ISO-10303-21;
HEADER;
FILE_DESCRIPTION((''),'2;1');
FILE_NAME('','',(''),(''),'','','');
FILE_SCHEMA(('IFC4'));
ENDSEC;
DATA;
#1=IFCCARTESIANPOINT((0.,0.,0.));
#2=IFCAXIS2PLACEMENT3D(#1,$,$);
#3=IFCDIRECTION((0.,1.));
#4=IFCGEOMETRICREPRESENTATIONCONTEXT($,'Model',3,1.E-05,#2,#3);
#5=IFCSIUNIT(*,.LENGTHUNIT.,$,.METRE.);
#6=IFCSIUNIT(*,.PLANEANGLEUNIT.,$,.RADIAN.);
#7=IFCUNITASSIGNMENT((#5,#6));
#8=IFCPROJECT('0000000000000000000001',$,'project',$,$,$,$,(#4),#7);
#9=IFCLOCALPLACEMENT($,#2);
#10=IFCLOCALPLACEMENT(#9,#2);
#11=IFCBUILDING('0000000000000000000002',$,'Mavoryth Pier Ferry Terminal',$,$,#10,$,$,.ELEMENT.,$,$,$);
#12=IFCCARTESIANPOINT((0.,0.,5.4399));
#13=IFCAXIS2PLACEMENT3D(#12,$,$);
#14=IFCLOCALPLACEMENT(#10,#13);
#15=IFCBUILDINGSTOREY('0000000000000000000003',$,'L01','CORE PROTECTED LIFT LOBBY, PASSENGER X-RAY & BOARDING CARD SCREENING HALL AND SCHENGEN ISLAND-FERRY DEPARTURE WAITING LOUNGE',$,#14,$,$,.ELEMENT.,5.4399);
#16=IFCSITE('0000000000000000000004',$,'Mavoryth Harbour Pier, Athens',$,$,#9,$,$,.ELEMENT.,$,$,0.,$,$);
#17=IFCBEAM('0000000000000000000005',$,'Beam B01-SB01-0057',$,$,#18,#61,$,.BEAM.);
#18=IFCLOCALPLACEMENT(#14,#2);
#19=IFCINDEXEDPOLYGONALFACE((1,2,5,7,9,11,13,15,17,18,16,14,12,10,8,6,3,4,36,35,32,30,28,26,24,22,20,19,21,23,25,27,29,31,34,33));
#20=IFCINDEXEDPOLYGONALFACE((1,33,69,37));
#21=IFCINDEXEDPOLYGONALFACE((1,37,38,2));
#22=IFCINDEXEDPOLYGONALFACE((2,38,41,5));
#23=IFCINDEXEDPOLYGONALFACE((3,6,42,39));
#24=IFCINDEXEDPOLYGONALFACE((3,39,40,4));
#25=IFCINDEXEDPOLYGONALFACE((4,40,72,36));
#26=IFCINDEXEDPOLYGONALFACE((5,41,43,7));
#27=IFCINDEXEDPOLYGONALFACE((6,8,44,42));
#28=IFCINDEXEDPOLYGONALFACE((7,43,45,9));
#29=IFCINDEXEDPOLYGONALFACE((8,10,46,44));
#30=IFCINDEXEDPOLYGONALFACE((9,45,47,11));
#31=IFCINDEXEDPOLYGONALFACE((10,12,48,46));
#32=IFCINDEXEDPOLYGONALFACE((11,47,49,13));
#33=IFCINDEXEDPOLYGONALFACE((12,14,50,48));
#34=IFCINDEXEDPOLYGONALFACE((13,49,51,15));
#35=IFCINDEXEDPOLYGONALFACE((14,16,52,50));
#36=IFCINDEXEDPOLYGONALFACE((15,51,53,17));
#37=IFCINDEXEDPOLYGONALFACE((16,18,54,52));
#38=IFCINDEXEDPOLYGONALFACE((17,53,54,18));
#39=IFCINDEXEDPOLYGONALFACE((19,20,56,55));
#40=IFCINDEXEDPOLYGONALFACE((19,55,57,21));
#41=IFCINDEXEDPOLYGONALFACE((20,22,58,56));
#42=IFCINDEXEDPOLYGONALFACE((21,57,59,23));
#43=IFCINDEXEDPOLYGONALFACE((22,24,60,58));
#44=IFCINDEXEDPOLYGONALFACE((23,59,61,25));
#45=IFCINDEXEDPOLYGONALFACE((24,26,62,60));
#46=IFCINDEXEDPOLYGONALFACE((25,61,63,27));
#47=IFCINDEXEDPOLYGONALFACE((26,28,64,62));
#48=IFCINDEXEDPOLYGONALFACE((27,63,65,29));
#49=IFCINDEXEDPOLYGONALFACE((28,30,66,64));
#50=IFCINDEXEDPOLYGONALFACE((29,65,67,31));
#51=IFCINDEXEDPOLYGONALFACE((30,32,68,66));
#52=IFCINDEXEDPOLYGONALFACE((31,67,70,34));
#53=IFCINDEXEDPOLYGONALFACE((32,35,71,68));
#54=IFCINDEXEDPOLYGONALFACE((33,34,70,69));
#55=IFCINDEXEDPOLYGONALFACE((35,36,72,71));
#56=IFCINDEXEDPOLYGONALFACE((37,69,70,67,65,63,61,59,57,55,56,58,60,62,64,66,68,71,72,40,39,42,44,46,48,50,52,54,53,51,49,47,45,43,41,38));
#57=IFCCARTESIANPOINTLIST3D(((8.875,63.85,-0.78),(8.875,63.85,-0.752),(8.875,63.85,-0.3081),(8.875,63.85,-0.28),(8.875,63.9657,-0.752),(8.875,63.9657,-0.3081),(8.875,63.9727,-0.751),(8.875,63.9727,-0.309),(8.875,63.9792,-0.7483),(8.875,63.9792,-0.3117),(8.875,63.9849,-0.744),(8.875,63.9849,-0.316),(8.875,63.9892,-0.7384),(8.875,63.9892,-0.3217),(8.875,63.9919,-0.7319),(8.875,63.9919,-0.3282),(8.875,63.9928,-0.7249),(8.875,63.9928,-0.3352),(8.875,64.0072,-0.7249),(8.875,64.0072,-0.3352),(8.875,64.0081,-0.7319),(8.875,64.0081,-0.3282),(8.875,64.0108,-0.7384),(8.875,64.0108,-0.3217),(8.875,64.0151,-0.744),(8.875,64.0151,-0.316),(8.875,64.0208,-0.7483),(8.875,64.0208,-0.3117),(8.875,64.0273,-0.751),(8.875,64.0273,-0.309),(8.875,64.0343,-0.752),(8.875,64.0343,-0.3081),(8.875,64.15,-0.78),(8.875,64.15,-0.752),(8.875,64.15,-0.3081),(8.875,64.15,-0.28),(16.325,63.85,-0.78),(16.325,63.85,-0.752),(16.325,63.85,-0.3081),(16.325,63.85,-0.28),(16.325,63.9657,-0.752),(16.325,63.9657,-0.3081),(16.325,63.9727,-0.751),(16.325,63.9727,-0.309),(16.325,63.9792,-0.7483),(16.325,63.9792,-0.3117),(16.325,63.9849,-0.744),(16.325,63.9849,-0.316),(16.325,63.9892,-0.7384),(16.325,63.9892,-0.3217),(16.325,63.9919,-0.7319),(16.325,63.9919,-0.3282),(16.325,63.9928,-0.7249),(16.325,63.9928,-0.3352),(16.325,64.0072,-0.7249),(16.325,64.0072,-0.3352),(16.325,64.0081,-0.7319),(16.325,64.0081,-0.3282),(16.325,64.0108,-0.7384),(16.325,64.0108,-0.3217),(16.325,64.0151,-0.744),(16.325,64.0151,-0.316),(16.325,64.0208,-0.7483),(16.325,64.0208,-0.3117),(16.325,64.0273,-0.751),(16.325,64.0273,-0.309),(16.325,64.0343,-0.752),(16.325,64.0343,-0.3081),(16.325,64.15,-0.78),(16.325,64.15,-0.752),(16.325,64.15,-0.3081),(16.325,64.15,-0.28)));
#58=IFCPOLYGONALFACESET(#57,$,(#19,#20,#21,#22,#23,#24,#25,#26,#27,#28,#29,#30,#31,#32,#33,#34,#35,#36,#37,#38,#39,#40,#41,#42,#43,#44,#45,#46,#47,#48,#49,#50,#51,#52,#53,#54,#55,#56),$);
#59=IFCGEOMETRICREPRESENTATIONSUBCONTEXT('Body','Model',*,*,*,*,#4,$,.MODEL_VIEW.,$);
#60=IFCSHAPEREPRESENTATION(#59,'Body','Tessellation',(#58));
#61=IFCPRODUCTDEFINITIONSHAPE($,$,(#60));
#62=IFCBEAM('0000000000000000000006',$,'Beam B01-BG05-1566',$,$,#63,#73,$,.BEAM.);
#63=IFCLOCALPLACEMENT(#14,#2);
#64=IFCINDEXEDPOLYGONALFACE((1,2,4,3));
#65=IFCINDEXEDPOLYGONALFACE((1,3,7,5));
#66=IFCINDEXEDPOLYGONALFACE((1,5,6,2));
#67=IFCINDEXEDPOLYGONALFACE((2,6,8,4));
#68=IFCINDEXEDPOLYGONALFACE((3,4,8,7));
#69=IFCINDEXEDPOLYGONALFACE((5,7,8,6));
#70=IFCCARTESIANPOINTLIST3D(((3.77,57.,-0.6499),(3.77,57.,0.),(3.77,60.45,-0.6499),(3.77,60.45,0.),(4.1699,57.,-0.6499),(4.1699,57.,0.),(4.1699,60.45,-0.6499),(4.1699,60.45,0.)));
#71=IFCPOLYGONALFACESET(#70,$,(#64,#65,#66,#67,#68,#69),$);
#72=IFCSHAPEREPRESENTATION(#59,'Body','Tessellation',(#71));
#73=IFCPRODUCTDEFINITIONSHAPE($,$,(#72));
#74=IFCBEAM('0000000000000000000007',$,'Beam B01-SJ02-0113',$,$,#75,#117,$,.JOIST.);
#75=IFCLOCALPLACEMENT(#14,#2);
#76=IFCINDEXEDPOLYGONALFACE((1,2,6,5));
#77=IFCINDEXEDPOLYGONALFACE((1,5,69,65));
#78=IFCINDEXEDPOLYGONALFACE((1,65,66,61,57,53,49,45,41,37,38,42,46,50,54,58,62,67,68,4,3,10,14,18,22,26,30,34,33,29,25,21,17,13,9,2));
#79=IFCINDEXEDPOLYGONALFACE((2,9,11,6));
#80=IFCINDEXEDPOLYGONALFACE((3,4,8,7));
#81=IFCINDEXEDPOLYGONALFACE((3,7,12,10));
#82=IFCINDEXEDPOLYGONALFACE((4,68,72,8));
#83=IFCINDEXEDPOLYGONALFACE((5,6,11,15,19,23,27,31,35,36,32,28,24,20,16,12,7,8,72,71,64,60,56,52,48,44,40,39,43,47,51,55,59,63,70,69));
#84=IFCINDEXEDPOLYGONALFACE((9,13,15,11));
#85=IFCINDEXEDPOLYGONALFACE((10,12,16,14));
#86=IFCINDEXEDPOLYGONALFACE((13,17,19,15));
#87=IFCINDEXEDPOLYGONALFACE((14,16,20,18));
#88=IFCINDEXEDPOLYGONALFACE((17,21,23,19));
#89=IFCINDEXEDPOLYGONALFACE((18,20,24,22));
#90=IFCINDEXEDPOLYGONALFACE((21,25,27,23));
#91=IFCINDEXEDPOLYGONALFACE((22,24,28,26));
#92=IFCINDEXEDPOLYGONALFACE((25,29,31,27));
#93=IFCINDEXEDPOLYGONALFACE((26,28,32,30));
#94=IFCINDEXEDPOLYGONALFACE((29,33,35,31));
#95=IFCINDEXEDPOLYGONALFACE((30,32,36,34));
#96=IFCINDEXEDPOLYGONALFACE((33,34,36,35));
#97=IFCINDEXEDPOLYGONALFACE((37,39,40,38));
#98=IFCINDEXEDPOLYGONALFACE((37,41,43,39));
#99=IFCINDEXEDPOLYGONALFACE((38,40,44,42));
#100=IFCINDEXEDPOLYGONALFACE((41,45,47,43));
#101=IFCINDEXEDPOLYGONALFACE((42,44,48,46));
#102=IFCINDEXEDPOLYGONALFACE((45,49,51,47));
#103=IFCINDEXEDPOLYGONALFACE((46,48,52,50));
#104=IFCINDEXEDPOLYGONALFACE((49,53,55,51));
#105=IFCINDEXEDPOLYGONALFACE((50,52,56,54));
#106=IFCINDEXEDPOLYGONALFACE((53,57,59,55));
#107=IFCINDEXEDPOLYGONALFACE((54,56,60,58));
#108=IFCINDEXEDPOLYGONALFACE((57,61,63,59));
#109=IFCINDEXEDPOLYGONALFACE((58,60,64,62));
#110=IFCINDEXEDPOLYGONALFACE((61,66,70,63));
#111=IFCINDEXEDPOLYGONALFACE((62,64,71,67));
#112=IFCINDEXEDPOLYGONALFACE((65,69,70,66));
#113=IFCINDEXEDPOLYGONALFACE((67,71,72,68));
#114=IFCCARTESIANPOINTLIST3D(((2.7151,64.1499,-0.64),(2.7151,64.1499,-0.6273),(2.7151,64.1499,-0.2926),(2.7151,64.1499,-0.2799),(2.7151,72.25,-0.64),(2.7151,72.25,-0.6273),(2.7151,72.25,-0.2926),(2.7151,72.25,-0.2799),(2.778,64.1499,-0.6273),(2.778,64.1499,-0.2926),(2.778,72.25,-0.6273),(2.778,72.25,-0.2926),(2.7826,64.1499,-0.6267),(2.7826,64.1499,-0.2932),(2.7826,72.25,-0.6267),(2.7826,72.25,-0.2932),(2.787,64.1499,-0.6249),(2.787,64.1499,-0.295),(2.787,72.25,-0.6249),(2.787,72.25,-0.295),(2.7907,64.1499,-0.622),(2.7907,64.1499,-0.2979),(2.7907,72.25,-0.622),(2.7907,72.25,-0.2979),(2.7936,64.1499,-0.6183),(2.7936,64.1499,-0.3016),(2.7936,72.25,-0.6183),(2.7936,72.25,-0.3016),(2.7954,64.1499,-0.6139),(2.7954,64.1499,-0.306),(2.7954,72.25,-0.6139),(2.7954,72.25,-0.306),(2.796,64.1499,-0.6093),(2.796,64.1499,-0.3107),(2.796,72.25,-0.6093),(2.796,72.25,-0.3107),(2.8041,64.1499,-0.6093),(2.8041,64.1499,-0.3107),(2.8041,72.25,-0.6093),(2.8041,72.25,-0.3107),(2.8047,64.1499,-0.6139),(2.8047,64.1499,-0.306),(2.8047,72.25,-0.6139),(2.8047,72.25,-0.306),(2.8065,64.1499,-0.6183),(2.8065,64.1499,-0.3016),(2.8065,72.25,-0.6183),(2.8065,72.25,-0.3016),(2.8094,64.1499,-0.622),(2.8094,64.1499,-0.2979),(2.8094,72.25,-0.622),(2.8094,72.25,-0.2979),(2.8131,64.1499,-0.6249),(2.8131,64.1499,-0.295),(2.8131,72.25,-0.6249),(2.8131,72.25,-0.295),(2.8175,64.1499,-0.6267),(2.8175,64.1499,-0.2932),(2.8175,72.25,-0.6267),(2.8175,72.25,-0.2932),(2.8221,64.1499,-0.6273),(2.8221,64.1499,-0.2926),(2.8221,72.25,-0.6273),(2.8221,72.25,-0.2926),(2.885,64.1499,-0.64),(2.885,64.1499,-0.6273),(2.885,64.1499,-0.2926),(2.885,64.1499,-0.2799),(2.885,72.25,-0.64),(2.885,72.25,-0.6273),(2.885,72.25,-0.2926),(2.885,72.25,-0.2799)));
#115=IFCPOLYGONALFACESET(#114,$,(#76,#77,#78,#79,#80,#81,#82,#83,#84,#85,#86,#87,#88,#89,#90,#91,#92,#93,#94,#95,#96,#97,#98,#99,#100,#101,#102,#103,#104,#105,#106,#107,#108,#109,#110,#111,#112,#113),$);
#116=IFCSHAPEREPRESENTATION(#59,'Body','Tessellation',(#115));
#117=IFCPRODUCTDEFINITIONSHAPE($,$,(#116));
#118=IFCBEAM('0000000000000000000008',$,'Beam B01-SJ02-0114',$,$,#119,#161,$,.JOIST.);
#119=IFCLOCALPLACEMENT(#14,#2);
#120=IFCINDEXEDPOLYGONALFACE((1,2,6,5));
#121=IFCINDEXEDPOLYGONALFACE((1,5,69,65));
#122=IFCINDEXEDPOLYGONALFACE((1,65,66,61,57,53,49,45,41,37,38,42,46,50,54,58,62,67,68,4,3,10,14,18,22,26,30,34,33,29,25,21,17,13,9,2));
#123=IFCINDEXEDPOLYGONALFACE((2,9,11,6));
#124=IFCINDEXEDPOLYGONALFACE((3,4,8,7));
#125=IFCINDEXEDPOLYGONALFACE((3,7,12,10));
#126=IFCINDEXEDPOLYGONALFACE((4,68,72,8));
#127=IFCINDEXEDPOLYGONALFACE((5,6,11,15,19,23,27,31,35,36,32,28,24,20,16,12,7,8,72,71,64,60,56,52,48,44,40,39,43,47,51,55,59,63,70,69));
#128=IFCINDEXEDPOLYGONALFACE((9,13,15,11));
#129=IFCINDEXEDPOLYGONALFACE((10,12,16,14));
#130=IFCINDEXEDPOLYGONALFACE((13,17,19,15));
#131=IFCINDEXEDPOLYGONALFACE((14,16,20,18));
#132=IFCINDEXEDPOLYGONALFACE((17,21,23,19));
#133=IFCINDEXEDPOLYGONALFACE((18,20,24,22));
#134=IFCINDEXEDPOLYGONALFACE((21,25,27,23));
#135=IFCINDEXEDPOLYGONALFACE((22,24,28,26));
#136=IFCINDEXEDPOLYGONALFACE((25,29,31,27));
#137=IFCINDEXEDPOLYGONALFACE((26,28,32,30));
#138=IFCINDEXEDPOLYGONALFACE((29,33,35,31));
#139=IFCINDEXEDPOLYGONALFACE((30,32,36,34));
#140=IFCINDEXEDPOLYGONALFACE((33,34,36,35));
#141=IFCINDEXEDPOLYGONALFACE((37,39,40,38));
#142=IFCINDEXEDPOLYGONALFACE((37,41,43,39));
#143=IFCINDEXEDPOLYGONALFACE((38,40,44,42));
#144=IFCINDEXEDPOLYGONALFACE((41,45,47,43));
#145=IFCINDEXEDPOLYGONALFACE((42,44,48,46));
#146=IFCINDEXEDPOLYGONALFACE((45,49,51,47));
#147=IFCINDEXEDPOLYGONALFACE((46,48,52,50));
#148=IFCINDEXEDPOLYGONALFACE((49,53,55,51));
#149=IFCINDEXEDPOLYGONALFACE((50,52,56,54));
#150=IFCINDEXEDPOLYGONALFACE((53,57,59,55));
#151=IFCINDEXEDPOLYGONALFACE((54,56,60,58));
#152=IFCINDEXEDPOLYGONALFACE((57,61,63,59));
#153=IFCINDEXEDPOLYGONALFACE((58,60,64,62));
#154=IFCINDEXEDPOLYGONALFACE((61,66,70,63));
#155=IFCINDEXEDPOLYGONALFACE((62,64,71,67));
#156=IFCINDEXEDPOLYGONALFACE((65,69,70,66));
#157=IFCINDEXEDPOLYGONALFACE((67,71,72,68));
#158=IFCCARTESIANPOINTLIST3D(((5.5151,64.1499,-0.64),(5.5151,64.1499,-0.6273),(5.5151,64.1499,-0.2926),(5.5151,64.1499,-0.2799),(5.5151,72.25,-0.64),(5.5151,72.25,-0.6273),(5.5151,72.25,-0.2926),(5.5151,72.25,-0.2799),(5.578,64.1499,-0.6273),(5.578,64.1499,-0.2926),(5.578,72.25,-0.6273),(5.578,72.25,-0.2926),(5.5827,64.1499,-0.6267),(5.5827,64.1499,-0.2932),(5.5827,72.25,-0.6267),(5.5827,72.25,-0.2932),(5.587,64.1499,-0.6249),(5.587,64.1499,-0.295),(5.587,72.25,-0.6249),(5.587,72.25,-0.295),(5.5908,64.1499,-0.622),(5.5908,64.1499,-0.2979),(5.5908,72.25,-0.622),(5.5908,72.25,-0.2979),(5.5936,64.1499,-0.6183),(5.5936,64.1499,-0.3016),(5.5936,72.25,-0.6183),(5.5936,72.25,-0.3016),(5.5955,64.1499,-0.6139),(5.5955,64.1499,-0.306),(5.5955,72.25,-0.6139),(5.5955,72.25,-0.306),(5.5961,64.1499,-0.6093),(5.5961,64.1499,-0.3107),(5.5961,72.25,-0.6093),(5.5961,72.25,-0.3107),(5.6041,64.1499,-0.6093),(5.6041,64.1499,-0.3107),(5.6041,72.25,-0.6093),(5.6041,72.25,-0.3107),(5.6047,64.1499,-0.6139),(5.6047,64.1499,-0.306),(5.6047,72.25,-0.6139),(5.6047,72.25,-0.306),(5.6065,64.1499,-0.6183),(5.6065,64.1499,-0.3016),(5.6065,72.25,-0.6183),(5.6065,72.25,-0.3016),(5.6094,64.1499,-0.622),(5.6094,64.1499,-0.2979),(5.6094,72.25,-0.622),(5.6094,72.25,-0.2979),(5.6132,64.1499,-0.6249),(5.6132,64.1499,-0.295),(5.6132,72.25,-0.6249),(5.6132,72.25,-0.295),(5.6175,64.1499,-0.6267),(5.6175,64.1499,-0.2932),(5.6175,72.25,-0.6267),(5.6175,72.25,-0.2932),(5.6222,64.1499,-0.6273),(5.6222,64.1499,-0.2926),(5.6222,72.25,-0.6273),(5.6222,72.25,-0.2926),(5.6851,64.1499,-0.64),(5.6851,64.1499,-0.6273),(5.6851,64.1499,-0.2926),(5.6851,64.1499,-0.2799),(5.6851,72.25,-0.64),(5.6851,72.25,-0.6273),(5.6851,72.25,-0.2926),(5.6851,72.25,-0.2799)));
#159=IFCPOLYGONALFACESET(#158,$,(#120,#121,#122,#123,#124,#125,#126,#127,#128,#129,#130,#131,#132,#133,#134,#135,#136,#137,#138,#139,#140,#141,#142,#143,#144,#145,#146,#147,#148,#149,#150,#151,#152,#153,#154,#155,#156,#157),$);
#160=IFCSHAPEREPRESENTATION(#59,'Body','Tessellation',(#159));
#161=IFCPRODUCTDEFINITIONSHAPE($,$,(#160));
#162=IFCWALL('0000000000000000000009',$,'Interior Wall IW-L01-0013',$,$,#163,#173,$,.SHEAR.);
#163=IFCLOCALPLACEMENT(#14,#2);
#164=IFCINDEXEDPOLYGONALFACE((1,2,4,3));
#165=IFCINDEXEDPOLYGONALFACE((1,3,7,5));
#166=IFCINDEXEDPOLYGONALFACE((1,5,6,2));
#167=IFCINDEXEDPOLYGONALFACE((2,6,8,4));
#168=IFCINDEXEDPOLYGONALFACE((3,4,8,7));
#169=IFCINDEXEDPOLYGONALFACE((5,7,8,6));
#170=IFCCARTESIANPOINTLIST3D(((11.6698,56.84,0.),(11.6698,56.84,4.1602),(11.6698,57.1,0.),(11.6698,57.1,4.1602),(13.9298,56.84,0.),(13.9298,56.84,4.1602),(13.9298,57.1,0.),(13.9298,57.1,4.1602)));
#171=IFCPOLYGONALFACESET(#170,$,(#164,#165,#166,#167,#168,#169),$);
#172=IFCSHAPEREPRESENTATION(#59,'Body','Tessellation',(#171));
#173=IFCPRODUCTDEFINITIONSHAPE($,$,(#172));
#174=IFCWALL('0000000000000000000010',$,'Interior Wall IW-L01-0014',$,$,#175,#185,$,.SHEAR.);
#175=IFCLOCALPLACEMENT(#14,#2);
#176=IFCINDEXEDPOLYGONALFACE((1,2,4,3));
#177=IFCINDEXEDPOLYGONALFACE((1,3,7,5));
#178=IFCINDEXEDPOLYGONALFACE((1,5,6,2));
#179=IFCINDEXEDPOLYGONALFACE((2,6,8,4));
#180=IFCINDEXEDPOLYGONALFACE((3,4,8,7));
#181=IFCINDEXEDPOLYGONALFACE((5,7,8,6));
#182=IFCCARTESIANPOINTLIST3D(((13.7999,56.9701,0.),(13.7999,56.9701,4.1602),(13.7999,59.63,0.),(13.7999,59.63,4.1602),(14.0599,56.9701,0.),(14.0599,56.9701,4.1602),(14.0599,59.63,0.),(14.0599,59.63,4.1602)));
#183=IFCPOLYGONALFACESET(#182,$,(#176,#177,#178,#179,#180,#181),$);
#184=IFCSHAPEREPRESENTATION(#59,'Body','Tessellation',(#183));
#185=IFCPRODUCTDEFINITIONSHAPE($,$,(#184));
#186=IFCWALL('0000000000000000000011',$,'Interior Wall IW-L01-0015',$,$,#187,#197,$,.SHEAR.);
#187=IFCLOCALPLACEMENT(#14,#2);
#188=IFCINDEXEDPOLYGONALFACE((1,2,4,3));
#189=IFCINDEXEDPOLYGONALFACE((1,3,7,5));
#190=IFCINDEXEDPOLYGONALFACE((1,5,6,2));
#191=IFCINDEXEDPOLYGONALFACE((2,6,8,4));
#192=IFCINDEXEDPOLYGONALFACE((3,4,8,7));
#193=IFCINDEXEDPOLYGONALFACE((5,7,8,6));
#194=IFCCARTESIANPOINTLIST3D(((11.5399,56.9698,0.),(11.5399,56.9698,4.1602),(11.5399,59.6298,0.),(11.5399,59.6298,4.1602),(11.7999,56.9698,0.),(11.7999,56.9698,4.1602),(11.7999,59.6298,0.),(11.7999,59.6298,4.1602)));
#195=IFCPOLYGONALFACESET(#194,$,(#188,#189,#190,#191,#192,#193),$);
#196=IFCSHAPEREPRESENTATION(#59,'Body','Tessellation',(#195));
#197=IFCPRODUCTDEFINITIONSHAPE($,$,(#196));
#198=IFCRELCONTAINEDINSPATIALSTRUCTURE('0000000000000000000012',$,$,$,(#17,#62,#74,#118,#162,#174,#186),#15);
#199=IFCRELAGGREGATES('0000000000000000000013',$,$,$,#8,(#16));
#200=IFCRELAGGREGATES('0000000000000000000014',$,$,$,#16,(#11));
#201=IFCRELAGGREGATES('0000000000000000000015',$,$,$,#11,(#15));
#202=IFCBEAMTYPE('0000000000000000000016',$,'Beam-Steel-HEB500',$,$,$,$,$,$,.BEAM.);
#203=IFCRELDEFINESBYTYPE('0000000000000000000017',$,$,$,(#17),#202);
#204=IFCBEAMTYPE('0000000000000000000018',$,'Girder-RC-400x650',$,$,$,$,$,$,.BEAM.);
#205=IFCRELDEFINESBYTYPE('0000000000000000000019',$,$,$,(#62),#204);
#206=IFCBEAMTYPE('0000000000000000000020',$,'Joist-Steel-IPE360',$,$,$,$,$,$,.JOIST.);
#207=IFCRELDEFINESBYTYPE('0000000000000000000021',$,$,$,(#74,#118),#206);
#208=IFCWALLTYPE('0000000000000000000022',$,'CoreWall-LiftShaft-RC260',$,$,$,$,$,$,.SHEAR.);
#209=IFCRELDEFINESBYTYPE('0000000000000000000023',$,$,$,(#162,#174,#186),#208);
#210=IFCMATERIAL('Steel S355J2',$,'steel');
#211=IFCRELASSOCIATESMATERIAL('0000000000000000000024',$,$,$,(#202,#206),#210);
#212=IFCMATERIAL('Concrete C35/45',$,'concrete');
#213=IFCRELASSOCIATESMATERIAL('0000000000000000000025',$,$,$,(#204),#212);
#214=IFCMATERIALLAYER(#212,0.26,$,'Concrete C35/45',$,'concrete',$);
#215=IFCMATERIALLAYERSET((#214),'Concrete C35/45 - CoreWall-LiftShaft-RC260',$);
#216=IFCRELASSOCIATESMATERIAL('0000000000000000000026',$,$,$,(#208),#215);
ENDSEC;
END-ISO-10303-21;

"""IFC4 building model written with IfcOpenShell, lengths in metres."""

from ifc_helpers import new_model, si_unit, direction, frame, frame_2d, origin, origin_2d, place, context, subcontext, project, spatial, rectangle, i_section, extrude, material, layer, layer_set, material_profile, profile_set, type_object, element, save


model = new_model("IFC4")

# Units and contexts
model_context = context("Model", 3, precision=1e-05, world=origin(), true_north=direction((0.0, 1.0)))
body_context = subcontext(model_context, "Body", "Model", "MODEL_VIEW")
ifc_project = project(units=[si_unit("LENGTHUNIT", "METRE"), si_unit("PLANEANGLEUNIT", "RADIAN")], contexts=[model_context])

# Site, building, storey
site_placement = place(None, origin())
site = spatial("IfcSite", under=ifc_project, at=site_placement, Name="Mavoryth Harbour Pier, Athens", CompositionType="ELEMENT", RefElevation=0.0)
building_placement = place(site_placement, origin())
building = spatial("IfcBuilding", under=site, at=building_placement, Name="Mavoryth Pier Ferry Terminal", CompositionType="ELEMENT")
storey_placement = place(building_placement, frame((0.0, 0.0, 5.4399)))
storey = spatial("IfcBuildingStorey", under=building, at=storey_placement, Name="L01", Description="CORE PROTECTED LIFT LOBBY, PASSENGER X-RAY & BOARDING CARD SCREENING HALL AND SCHENGEN ISLAND-FERRY DEPARTURE WAITING LOUNGE", CompositionType="ELEMENT", Elevation=5.4399)

# Beams
ifc_material_1 = material(Name="Steel S355J2", Category="steel")
ifc_material_profile_1 = material_profile(ifc_material_1, i_section(OverallWidth=0.3, OverallDepth=0.5, WebThickness=0.0144, FlangeThickness=0.0281, FilletRadius=0.0271, at=origin_2d()), Name="HEB 500", Category="steel")
ifc_profile_set_1 = profile_set([ifc_material_profile_1], Name="Steel S355J2 - HEB 500")
beam_type_1 = type_object("IfcBeamType", Name="Beam-Steel-HEB500", PredefinedType="BEAM", material=ifc_profile_set_1)
beam_1_placement = place(storey_placement, frame((8.875, 64.0, -0.53), z_axis=(1.0, 0.0, 0.0), x_axis=(0.0, 1.0, 0.0)))
element("IfcBeam", 1, at=beam_1_placement, inside=storey, type_object=beam_type_1, Name="Beam B01-SB01-0057", PredefinedType="BEAM", context=body_context, shape_type="SweptSolid", body=[
    extrude(i_section(OverallWidth=0.3, OverallDepth=0.5, WebThickness=0.0144, FlangeThickness=0.0281, FilletRadius=0.0271, at=origin_2d()), origin(), (0.0, 0.0, 1.0), 7.45),
])
ifc_material_2 = material(Name="Concrete C35/45", Category="concrete")
ifc_material_profile_2 = material_profile(ifc_material_2, rectangle(XDim=0.3999, YDim=0.6499, at=origin_2d()), Name="RC 400x650", Category="concrete")
ifc_profile_set_2 = profile_set([ifc_material_profile_2], Name="Concrete C35/45 - RC 400x650")
beam_type_2 = type_object("IfcBeamType", Name="Girder-RC-400x650", PredefinedType="BEAM", material=ifc_profile_set_2)
beam_2_placement = place(storey_placement, frame((3.97, 57.0, -0.325), z_axis=(0.0, 1.0, 0.0), x_axis=(-1.0, 0.0, 0.0)))
element("IfcBeam", 2, at=beam_2_placement, inside=storey, type_object=beam_type_2, Name="Beam B01-BG05-1566", PredefinedType="BEAM", context=body_context, shape_type="SweptSolid", body=[
    extrude(rectangle(XDim=0.3999, YDim=0.6499, at=origin_2d()), origin(), (0.0, 0.0, 1.0), 3.45),
])
ifc_material_profile_3 = material_profile(ifc_material_1, i_section(OverallWidth=0.1699, OverallDepth=0.3601, WebThickness=0.0081, FlangeThickness=0.0127, FilletRadius=0.0181, at=origin_2d()), Name="IPE 360", Category="steel")
ifc_profile_set_3 = profile_set([ifc_material_profile_3], Name="Steel S355J2 - IPE 360")
beam_type_3 = type_object("IfcBeamType", Name="Joist-Steel-IPE360", PredefinedType="JOIST", material=ifc_profile_set_3)
for number, where, z_axis, x_axis, name in (
    (3, (2.8, 64.1499, -0.46), (0.0, 1.0, 0.0), (-1.0, 0.0, 0.0), "Beam B01-SJ02-0113"),
    (4, (5.6001, 64.1499, -0.46), (0.0, 1.0, 0.0), (-1.0, 0.0, 0.0), "Beam B01-SJ02-0114"),
):
    element("IfcBeam", number, at=place(storey_placement, frame(where, z_axis=z_axis, x_axis=x_axis)), inside=storey, type_object=beam_type_3, Name=name, PredefinedType="JOIST", context=body_context, shape_type="SweptSolid", body=[
        extrude(i_section(OverallWidth=0.1699, OverallDepth=0.3601, WebThickness=0.0081, FlangeThickness=0.0127, FilletRadius=0.0181, at=origin_2d()), origin(), (0.0, 0.0, 1.0), 8.1001),
    ])

# Walls
ifc_layer_1 = layer(ifc_material_2, 0.26, Name="Concrete C35/45", Category="concrete")
ifc_layer_set_1 = layer_set([ifc_layer_1], Name="Concrete C35/45 - CoreWall-LiftShaft-RC260")
wall_type_1 = type_object("IfcWallType", Name="CoreWall-LiftShaft-RC260", PredefinedType="SHEAR", material=ifc_layer_set_1)
wall_1_placement = place(storey_placement, frame((11.6699, 56.97, 0.0), z_axis=(0.0, 0.0, 1.0), x_axis=(1.0, 0.0, 0.0)))
element("IfcWall", 5, at=wall_1_placement, inside=storey, type_object=wall_type_1, Name="Interior Wall IW-L01-0013", PredefinedType="SHEAR", context=body_context, shape_type="SweptSolid", body=[
    extrude(rectangle(XDim=2.26, YDim=0.26, at=frame_2d((1.1299, 0.0))), origin(), (0.0, 0.0, 1.0), 4.1602),
])
for number, where, z_axis, x_axis, name in (
    (6, (13.9299, 56.97, 0.0), (0.0, 0.0, 1.0), (0.0, 1.0, 0.0), "Interior Wall IW-L01-0014"),
    (7, (11.6699, 59.6299, 0.0), (0.0, 0.0, 1.0), (0.0, -1.0, 0.0), "Interior Wall IW-L01-0015"),
):
    element("IfcWall", number, at=place(storey_placement, frame(where, z_axis=z_axis, x_axis=x_axis)), inside=storey, type_object=wall_type_1, Name=name, PredefinedType="SHEAR", context=body_context, shape_type="SweptSolid", body=[
        extrude(rectangle(XDim=2.6599, YDim=0.26, at=frame_2d((1.3301, 0.0))), origin(), (0.0, 0.0, 1.0), 4.1602),
    ])

save(model, "model.ifc")
